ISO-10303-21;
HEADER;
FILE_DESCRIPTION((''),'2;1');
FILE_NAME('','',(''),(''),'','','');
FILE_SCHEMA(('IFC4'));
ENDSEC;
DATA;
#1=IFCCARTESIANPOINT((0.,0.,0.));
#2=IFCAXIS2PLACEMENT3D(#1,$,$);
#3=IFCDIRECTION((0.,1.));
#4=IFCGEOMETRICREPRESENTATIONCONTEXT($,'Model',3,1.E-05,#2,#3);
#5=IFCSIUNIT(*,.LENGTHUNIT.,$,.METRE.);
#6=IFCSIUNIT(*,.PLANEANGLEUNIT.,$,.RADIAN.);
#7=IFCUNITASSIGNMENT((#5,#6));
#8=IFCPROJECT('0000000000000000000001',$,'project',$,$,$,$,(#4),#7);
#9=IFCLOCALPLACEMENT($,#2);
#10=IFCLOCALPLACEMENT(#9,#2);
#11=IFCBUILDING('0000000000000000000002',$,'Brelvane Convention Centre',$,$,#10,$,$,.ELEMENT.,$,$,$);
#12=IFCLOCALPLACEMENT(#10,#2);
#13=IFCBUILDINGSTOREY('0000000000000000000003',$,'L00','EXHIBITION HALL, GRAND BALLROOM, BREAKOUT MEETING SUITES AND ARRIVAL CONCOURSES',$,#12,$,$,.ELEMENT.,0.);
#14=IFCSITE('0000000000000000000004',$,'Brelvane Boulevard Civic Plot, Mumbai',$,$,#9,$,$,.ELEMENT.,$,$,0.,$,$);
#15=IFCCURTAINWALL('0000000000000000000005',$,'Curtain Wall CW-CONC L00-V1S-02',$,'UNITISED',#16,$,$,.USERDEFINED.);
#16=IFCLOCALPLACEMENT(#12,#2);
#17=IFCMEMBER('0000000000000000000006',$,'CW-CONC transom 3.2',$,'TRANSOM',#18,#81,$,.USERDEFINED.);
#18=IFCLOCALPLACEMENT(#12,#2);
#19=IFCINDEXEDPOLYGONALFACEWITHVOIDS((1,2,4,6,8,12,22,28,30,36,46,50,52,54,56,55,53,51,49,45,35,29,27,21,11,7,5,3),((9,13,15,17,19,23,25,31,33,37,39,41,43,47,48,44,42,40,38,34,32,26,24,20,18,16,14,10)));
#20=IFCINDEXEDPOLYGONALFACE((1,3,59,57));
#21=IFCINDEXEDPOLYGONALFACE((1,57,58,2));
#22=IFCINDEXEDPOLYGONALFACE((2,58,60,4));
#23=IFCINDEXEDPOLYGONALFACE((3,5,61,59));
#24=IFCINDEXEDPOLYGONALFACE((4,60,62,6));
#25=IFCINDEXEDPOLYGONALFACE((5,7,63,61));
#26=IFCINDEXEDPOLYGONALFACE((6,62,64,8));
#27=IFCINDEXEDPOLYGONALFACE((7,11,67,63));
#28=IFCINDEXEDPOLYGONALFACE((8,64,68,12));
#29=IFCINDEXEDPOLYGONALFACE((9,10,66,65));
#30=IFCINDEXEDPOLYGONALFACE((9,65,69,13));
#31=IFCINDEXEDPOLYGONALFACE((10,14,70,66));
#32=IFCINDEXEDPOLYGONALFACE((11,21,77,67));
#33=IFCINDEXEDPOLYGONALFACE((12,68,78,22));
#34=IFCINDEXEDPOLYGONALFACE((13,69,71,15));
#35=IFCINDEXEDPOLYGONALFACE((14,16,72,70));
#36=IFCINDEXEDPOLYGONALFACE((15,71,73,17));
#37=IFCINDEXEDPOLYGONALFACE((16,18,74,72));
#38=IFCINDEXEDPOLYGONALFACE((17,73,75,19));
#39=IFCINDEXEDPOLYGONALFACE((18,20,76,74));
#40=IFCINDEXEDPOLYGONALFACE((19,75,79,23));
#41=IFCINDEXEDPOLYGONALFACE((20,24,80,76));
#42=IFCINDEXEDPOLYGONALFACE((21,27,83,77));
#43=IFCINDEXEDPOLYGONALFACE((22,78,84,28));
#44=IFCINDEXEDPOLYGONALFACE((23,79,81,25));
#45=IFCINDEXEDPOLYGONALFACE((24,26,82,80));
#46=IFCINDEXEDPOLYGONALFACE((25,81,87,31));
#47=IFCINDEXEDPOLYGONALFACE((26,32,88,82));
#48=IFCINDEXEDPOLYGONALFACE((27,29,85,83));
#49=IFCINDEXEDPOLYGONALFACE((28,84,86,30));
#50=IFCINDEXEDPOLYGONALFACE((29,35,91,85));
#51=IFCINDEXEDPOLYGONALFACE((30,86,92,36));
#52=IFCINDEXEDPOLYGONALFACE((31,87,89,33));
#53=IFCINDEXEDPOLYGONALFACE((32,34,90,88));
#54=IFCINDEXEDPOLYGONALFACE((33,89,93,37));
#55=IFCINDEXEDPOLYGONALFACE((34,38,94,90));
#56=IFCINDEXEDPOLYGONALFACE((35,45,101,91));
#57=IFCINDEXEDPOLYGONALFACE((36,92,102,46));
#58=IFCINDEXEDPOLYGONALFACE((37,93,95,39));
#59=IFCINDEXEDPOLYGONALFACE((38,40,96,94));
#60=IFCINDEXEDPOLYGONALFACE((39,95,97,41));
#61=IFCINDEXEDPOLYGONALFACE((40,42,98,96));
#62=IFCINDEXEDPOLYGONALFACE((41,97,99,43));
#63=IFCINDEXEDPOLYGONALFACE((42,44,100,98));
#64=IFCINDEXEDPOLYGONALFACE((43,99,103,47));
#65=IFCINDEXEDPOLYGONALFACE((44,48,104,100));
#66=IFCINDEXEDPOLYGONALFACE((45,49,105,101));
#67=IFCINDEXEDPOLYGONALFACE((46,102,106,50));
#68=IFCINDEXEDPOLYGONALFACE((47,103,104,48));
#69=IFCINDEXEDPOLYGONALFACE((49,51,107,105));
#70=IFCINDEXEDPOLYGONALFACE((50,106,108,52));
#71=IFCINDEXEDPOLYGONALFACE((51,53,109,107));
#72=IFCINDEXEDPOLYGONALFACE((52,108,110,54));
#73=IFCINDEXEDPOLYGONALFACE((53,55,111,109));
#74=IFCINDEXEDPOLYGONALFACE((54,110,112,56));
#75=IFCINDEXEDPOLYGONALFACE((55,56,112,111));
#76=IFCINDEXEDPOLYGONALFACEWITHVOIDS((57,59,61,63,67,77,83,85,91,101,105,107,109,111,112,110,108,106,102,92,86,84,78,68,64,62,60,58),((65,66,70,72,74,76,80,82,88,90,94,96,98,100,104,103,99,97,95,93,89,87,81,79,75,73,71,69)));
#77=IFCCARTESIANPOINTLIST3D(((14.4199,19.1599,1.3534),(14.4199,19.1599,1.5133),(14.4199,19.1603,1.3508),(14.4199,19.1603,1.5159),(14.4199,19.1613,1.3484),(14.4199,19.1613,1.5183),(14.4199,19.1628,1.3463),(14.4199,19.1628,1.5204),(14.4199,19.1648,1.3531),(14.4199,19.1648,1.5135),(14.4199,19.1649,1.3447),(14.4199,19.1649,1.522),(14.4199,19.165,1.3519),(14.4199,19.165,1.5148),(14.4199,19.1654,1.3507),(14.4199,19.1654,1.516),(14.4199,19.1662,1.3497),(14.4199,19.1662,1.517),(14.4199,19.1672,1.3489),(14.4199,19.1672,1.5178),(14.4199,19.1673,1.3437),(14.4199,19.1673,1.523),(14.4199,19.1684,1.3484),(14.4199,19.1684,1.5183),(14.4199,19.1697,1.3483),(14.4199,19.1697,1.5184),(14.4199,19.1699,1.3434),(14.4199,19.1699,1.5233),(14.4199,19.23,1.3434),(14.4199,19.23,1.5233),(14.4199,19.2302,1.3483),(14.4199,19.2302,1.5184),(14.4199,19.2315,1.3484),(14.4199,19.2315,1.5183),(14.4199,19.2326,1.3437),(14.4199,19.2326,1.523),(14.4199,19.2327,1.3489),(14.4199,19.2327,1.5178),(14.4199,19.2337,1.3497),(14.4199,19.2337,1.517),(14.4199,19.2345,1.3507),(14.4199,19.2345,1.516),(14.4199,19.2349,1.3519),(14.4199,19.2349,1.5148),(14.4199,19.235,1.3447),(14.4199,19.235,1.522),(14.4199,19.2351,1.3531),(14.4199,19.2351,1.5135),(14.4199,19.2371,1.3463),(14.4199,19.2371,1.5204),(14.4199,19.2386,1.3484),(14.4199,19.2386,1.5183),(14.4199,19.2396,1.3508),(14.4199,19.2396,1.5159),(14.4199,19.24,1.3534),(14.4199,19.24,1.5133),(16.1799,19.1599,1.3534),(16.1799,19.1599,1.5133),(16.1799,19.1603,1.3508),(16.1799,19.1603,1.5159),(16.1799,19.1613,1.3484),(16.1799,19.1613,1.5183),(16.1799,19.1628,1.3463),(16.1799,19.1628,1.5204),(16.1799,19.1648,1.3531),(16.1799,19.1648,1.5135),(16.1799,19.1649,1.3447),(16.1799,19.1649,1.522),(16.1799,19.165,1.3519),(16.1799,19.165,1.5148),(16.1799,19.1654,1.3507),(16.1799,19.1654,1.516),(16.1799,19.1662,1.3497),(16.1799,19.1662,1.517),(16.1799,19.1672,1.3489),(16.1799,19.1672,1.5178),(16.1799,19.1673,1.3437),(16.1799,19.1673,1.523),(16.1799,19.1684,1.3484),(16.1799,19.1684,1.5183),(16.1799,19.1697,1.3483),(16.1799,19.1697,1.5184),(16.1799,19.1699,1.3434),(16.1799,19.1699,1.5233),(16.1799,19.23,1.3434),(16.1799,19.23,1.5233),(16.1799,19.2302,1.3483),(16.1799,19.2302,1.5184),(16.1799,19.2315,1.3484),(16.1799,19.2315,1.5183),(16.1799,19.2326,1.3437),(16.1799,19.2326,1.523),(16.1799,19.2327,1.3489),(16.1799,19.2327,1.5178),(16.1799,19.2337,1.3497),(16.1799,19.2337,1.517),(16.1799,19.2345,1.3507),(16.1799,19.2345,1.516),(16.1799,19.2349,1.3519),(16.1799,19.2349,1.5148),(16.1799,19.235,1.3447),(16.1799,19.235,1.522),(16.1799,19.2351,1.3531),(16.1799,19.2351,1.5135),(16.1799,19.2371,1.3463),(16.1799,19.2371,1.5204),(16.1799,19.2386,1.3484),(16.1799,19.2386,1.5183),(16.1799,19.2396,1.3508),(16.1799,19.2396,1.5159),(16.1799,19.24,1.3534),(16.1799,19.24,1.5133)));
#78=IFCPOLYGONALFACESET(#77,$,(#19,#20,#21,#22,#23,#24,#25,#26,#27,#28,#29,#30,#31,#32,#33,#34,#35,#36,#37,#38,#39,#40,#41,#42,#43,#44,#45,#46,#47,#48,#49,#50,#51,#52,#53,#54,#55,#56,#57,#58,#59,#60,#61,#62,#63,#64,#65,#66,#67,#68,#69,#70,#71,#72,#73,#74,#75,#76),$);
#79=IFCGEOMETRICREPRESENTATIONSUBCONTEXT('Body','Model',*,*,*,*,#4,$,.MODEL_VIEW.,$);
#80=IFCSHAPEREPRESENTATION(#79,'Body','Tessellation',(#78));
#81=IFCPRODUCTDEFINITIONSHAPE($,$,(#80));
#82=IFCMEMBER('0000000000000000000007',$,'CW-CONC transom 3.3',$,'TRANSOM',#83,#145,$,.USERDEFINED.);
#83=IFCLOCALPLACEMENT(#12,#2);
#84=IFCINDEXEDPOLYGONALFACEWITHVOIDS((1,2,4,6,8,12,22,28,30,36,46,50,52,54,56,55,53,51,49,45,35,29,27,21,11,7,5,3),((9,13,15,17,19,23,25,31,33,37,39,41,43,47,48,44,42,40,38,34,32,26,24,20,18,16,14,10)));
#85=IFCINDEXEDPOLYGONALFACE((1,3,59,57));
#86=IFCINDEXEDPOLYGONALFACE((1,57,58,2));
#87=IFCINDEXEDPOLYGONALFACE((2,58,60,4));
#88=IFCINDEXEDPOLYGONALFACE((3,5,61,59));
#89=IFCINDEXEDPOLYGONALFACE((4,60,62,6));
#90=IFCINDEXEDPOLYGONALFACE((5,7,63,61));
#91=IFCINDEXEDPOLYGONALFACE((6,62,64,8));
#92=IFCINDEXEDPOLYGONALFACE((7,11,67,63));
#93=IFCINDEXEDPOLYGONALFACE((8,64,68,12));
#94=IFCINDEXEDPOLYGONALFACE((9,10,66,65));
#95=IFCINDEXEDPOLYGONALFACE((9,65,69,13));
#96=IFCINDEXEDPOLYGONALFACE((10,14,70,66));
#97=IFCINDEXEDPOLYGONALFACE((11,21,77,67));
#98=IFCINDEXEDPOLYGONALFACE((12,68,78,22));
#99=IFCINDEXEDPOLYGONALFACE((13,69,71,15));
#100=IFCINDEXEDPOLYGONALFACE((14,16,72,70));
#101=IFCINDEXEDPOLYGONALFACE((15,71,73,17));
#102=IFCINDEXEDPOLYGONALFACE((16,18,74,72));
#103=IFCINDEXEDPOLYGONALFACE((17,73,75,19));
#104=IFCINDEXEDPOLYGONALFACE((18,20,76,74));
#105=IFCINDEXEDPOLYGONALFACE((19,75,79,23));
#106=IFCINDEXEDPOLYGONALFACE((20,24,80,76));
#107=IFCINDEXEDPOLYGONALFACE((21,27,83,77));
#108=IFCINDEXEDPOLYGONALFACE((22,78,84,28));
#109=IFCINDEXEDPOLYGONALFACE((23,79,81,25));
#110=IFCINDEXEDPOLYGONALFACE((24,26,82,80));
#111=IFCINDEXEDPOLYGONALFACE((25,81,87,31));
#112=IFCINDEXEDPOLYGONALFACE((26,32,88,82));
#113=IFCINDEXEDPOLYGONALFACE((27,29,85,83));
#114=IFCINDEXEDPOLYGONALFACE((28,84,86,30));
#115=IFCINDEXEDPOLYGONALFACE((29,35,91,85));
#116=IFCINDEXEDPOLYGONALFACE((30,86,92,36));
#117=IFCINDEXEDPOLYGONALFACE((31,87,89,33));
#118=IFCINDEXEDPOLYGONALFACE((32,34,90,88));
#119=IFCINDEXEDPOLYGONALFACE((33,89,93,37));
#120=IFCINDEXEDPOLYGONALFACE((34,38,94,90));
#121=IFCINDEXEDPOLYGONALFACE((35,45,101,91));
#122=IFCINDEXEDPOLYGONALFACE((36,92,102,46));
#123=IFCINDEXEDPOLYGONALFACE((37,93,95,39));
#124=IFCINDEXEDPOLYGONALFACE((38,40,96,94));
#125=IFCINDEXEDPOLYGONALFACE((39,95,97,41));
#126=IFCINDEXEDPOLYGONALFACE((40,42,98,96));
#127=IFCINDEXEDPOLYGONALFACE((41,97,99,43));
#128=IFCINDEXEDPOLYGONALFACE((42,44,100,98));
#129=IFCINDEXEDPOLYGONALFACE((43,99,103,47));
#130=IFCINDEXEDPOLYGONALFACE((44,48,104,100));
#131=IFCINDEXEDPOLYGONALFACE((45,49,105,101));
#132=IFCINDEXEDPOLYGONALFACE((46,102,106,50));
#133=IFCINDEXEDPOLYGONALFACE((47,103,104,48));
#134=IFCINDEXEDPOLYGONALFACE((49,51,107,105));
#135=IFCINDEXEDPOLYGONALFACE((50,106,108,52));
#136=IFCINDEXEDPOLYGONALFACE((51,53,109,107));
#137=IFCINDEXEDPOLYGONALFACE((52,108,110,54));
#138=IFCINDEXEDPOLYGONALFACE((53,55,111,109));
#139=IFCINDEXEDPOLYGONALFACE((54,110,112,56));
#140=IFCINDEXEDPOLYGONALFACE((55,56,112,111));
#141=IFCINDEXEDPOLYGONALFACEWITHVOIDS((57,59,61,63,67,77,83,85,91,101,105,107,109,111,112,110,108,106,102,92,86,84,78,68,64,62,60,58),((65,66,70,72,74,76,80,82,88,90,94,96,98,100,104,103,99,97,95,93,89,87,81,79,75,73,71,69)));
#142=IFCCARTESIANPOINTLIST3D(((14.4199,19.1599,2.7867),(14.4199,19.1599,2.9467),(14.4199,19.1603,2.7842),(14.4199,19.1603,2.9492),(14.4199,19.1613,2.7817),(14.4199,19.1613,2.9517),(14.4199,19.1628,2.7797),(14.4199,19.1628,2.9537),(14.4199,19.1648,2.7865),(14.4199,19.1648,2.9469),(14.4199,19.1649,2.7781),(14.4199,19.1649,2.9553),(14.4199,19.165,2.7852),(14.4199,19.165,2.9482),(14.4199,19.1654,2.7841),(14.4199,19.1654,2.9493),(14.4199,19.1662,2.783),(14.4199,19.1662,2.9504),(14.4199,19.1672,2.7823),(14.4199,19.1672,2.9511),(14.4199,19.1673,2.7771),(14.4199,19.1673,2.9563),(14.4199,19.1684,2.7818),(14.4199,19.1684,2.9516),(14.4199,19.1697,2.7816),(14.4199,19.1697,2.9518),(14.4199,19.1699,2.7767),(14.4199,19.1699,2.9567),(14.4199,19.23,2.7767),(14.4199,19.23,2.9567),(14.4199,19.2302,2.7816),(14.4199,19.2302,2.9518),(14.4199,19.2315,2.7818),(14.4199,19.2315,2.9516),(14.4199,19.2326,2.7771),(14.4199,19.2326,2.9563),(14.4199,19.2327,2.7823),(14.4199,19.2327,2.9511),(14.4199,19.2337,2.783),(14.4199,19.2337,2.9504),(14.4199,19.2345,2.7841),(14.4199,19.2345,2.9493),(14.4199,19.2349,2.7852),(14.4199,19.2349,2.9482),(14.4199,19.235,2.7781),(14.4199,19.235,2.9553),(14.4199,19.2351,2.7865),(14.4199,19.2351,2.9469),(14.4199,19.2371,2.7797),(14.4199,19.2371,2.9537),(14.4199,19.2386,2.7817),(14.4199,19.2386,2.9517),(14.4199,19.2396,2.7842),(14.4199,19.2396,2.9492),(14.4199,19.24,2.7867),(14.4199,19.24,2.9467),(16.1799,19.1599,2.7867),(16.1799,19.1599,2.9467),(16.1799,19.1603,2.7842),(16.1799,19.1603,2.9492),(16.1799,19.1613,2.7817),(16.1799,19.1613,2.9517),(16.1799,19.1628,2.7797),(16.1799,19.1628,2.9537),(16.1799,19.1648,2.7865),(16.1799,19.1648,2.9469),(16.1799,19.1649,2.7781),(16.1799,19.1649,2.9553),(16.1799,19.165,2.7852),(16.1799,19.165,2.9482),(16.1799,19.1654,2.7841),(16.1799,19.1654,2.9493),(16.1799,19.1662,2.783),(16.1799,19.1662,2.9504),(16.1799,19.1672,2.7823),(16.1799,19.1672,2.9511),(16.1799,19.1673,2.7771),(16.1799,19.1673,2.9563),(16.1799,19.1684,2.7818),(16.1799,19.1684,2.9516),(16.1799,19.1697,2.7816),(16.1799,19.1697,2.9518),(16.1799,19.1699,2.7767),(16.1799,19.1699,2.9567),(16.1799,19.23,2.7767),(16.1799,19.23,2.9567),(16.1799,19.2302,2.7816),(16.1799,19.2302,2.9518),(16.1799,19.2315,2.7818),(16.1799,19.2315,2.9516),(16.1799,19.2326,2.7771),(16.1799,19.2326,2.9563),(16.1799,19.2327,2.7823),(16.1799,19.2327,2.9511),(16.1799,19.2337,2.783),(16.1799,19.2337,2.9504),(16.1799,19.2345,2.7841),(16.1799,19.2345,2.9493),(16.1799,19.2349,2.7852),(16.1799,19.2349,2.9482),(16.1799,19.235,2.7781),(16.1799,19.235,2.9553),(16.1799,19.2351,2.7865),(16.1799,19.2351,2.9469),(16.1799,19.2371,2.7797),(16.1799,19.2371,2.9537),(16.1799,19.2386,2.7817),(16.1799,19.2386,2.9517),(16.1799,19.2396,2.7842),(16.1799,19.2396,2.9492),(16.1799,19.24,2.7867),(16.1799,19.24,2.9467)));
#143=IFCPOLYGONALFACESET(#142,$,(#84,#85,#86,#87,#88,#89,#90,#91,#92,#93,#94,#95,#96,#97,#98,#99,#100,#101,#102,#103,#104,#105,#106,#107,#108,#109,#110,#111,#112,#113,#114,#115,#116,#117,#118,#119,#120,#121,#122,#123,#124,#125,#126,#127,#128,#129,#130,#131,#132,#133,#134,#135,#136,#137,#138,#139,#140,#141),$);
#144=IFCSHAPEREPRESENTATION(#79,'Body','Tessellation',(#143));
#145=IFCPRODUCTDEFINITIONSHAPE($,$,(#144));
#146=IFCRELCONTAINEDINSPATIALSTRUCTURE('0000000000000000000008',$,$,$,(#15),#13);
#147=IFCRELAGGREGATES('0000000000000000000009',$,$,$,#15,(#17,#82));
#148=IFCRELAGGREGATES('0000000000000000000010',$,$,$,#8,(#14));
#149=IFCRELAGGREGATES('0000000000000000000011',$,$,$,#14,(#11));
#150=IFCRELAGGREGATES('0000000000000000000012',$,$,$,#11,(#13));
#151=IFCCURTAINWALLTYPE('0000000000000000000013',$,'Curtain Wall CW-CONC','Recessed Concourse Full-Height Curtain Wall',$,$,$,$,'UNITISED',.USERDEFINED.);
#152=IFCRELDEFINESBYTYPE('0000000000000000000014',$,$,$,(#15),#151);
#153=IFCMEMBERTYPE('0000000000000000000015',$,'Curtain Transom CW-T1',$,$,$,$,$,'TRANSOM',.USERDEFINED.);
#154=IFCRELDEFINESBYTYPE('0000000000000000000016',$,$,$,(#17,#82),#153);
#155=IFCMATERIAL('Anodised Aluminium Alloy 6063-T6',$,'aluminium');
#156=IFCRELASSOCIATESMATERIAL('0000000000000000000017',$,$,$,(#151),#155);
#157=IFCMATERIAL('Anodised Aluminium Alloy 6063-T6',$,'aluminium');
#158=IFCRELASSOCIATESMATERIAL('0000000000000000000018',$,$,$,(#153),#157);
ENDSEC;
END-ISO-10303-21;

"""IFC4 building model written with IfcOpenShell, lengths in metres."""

from ifc_helpers import new_model, si_unit, direction, frame, origin, origin_2d, place, context, subcontext, project, spatial, hollow_rectangle, extrude, material, material_profile, profile_set, type_object, element, aggregate, save


model = new_model("IFC4")

# Units and contexts
model_context = context("Model", 3, precision=1e-05, world=origin(), true_north=direction((0.0, 1.0)))
body_context = subcontext(model_context, "Body", "Model", "MODEL_VIEW")
ifc_project = project(units=[si_unit("LENGTHUNIT", "METRE"), si_unit("PLANEANGLEUNIT", "RADIAN")], contexts=[model_context])

# Site, building, storey
site_placement = place(None, origin())
site = spatial("IfcSite", under=ifc_project, at=site_placement, Name="Brelvane Boulevard Civic Plot, Mumbai", CompositionType="ELEMENT", RefElevation=0.0)
building_placement = place(site_placement, origin())
building = spatial("IfcBuilding", under=site, at=building_placement, Name="Brelvane Convention Centre", CompositionType="ELEMENT")
storey_placement = place(building_placement, origin())
storey = spatial("IfcBuildingStorey", under=building, at=storey_placement, Name="L00", Description="EXHIBITION HALL, GRAND BALLROOM, BREAKOUT MEETING SUITES AND ARRIVAL CONCOURSES", CompositionType="ELEMENT", Elevation=0.0)

# Curtain wall, members
ifc_material_1 = material(Name="Anodised Aluminium Alloy 6063-T6", Category="aluminium")
curtain_wall_type = type_object("IfcCurtainWallType", Name="Curtain Wall CW-CONC", Description="Recessed Concourse Full-Height Curtain Wall", ElementType="UNITISED", PredefinedType="USERDEFINED", material=ifc_material_1)
curtain_wall_placement = place(storey_placement, origin())
curtain_wall = element("IfcCurtainWall", 1, at=curtain_wall_placement, inside=storey, type_object=curtain_wall_type, Name="Curtain Wall CW-CONC L00-V1S-02", ObjectType="UNITISED", PredefinedType="USERDEFINED")
ifc_material_2 = material(Name="Anodised Aluminium Alloy 6063-T6", Category="aluminium")
ifc_material_profile_1 = material_profile(ifc_material_2, hollow_rectangle(XDim=0.0801, YDim=0.1799, WallThickness=0.0049, InnerFilletRadius=0.0049, OuterFilletRadius=0.01, at=origin_2d()), Name="ALU-T 180x80x5.0")
ifc_profile_set_1 = profile_set([ifc_material_profile_1], Name="Anodised Aluminium Alloy 6063-T6")
member_type_1 = type_object("IfcMemberType", Name="Curtain Transom CW-T1", ElementType="TRANSOM", PredefinedType="USERDEFINED", material=ifc_profile_set_1)
member_1_placement = place(storey_placement, frame((14.4199, 19.2, 1.4333), z_axis=(1.0, 0.0, 0.0), x_axis=(0.0, 1.0, 0.0)))
member_1 = element("IfcMember", 2, at=member_1_placement, type_object=member_type_1, Name="CW-CONC transom 3.2", ObjectType="TRANSOM", PredefinedType="USERDEFINED", context=body_context, shape_type="SweptSolid", body=[
    extrude(hollow_rectangle(XDim=0.0801, YDim=0.1799, WallThickness=0.0049, InnerFilletRadius=0.0049, OuterFilletRadius=0.01, at=origin_2d()), origin(), (0.0, 0.0, 1.0), 1.76),
])
member_2_placement = place(storey_placement, frame((14.4199, 19.2, 2.8667), z_axis=(1.0, 0.0, 0.0), x_axis=(0.0, 1.0, 0.0)))
member_2 = element("IfcMember", 3, at=member_2_placement, type_object=member_type_1, Name="CW-CONC transom 3.3", ObjectType="TRANSOM", PredefinedType="USERDEFINED", context=body_context, shape_type="SweptSolid", body=[
    extrude(hollow_rectangle(XDim=0.0801, YDim=0.1799, WallThickness=0.0049, InnerFilletRadius=0.0049, OuterFilletRadius=0.01, at=origin_2d()), origin(), (0.0, 0.0, 1.0), 1.76),
])

aggregate(curtain_wall, [member_1, member_2])

save(model, "model.ifc")
